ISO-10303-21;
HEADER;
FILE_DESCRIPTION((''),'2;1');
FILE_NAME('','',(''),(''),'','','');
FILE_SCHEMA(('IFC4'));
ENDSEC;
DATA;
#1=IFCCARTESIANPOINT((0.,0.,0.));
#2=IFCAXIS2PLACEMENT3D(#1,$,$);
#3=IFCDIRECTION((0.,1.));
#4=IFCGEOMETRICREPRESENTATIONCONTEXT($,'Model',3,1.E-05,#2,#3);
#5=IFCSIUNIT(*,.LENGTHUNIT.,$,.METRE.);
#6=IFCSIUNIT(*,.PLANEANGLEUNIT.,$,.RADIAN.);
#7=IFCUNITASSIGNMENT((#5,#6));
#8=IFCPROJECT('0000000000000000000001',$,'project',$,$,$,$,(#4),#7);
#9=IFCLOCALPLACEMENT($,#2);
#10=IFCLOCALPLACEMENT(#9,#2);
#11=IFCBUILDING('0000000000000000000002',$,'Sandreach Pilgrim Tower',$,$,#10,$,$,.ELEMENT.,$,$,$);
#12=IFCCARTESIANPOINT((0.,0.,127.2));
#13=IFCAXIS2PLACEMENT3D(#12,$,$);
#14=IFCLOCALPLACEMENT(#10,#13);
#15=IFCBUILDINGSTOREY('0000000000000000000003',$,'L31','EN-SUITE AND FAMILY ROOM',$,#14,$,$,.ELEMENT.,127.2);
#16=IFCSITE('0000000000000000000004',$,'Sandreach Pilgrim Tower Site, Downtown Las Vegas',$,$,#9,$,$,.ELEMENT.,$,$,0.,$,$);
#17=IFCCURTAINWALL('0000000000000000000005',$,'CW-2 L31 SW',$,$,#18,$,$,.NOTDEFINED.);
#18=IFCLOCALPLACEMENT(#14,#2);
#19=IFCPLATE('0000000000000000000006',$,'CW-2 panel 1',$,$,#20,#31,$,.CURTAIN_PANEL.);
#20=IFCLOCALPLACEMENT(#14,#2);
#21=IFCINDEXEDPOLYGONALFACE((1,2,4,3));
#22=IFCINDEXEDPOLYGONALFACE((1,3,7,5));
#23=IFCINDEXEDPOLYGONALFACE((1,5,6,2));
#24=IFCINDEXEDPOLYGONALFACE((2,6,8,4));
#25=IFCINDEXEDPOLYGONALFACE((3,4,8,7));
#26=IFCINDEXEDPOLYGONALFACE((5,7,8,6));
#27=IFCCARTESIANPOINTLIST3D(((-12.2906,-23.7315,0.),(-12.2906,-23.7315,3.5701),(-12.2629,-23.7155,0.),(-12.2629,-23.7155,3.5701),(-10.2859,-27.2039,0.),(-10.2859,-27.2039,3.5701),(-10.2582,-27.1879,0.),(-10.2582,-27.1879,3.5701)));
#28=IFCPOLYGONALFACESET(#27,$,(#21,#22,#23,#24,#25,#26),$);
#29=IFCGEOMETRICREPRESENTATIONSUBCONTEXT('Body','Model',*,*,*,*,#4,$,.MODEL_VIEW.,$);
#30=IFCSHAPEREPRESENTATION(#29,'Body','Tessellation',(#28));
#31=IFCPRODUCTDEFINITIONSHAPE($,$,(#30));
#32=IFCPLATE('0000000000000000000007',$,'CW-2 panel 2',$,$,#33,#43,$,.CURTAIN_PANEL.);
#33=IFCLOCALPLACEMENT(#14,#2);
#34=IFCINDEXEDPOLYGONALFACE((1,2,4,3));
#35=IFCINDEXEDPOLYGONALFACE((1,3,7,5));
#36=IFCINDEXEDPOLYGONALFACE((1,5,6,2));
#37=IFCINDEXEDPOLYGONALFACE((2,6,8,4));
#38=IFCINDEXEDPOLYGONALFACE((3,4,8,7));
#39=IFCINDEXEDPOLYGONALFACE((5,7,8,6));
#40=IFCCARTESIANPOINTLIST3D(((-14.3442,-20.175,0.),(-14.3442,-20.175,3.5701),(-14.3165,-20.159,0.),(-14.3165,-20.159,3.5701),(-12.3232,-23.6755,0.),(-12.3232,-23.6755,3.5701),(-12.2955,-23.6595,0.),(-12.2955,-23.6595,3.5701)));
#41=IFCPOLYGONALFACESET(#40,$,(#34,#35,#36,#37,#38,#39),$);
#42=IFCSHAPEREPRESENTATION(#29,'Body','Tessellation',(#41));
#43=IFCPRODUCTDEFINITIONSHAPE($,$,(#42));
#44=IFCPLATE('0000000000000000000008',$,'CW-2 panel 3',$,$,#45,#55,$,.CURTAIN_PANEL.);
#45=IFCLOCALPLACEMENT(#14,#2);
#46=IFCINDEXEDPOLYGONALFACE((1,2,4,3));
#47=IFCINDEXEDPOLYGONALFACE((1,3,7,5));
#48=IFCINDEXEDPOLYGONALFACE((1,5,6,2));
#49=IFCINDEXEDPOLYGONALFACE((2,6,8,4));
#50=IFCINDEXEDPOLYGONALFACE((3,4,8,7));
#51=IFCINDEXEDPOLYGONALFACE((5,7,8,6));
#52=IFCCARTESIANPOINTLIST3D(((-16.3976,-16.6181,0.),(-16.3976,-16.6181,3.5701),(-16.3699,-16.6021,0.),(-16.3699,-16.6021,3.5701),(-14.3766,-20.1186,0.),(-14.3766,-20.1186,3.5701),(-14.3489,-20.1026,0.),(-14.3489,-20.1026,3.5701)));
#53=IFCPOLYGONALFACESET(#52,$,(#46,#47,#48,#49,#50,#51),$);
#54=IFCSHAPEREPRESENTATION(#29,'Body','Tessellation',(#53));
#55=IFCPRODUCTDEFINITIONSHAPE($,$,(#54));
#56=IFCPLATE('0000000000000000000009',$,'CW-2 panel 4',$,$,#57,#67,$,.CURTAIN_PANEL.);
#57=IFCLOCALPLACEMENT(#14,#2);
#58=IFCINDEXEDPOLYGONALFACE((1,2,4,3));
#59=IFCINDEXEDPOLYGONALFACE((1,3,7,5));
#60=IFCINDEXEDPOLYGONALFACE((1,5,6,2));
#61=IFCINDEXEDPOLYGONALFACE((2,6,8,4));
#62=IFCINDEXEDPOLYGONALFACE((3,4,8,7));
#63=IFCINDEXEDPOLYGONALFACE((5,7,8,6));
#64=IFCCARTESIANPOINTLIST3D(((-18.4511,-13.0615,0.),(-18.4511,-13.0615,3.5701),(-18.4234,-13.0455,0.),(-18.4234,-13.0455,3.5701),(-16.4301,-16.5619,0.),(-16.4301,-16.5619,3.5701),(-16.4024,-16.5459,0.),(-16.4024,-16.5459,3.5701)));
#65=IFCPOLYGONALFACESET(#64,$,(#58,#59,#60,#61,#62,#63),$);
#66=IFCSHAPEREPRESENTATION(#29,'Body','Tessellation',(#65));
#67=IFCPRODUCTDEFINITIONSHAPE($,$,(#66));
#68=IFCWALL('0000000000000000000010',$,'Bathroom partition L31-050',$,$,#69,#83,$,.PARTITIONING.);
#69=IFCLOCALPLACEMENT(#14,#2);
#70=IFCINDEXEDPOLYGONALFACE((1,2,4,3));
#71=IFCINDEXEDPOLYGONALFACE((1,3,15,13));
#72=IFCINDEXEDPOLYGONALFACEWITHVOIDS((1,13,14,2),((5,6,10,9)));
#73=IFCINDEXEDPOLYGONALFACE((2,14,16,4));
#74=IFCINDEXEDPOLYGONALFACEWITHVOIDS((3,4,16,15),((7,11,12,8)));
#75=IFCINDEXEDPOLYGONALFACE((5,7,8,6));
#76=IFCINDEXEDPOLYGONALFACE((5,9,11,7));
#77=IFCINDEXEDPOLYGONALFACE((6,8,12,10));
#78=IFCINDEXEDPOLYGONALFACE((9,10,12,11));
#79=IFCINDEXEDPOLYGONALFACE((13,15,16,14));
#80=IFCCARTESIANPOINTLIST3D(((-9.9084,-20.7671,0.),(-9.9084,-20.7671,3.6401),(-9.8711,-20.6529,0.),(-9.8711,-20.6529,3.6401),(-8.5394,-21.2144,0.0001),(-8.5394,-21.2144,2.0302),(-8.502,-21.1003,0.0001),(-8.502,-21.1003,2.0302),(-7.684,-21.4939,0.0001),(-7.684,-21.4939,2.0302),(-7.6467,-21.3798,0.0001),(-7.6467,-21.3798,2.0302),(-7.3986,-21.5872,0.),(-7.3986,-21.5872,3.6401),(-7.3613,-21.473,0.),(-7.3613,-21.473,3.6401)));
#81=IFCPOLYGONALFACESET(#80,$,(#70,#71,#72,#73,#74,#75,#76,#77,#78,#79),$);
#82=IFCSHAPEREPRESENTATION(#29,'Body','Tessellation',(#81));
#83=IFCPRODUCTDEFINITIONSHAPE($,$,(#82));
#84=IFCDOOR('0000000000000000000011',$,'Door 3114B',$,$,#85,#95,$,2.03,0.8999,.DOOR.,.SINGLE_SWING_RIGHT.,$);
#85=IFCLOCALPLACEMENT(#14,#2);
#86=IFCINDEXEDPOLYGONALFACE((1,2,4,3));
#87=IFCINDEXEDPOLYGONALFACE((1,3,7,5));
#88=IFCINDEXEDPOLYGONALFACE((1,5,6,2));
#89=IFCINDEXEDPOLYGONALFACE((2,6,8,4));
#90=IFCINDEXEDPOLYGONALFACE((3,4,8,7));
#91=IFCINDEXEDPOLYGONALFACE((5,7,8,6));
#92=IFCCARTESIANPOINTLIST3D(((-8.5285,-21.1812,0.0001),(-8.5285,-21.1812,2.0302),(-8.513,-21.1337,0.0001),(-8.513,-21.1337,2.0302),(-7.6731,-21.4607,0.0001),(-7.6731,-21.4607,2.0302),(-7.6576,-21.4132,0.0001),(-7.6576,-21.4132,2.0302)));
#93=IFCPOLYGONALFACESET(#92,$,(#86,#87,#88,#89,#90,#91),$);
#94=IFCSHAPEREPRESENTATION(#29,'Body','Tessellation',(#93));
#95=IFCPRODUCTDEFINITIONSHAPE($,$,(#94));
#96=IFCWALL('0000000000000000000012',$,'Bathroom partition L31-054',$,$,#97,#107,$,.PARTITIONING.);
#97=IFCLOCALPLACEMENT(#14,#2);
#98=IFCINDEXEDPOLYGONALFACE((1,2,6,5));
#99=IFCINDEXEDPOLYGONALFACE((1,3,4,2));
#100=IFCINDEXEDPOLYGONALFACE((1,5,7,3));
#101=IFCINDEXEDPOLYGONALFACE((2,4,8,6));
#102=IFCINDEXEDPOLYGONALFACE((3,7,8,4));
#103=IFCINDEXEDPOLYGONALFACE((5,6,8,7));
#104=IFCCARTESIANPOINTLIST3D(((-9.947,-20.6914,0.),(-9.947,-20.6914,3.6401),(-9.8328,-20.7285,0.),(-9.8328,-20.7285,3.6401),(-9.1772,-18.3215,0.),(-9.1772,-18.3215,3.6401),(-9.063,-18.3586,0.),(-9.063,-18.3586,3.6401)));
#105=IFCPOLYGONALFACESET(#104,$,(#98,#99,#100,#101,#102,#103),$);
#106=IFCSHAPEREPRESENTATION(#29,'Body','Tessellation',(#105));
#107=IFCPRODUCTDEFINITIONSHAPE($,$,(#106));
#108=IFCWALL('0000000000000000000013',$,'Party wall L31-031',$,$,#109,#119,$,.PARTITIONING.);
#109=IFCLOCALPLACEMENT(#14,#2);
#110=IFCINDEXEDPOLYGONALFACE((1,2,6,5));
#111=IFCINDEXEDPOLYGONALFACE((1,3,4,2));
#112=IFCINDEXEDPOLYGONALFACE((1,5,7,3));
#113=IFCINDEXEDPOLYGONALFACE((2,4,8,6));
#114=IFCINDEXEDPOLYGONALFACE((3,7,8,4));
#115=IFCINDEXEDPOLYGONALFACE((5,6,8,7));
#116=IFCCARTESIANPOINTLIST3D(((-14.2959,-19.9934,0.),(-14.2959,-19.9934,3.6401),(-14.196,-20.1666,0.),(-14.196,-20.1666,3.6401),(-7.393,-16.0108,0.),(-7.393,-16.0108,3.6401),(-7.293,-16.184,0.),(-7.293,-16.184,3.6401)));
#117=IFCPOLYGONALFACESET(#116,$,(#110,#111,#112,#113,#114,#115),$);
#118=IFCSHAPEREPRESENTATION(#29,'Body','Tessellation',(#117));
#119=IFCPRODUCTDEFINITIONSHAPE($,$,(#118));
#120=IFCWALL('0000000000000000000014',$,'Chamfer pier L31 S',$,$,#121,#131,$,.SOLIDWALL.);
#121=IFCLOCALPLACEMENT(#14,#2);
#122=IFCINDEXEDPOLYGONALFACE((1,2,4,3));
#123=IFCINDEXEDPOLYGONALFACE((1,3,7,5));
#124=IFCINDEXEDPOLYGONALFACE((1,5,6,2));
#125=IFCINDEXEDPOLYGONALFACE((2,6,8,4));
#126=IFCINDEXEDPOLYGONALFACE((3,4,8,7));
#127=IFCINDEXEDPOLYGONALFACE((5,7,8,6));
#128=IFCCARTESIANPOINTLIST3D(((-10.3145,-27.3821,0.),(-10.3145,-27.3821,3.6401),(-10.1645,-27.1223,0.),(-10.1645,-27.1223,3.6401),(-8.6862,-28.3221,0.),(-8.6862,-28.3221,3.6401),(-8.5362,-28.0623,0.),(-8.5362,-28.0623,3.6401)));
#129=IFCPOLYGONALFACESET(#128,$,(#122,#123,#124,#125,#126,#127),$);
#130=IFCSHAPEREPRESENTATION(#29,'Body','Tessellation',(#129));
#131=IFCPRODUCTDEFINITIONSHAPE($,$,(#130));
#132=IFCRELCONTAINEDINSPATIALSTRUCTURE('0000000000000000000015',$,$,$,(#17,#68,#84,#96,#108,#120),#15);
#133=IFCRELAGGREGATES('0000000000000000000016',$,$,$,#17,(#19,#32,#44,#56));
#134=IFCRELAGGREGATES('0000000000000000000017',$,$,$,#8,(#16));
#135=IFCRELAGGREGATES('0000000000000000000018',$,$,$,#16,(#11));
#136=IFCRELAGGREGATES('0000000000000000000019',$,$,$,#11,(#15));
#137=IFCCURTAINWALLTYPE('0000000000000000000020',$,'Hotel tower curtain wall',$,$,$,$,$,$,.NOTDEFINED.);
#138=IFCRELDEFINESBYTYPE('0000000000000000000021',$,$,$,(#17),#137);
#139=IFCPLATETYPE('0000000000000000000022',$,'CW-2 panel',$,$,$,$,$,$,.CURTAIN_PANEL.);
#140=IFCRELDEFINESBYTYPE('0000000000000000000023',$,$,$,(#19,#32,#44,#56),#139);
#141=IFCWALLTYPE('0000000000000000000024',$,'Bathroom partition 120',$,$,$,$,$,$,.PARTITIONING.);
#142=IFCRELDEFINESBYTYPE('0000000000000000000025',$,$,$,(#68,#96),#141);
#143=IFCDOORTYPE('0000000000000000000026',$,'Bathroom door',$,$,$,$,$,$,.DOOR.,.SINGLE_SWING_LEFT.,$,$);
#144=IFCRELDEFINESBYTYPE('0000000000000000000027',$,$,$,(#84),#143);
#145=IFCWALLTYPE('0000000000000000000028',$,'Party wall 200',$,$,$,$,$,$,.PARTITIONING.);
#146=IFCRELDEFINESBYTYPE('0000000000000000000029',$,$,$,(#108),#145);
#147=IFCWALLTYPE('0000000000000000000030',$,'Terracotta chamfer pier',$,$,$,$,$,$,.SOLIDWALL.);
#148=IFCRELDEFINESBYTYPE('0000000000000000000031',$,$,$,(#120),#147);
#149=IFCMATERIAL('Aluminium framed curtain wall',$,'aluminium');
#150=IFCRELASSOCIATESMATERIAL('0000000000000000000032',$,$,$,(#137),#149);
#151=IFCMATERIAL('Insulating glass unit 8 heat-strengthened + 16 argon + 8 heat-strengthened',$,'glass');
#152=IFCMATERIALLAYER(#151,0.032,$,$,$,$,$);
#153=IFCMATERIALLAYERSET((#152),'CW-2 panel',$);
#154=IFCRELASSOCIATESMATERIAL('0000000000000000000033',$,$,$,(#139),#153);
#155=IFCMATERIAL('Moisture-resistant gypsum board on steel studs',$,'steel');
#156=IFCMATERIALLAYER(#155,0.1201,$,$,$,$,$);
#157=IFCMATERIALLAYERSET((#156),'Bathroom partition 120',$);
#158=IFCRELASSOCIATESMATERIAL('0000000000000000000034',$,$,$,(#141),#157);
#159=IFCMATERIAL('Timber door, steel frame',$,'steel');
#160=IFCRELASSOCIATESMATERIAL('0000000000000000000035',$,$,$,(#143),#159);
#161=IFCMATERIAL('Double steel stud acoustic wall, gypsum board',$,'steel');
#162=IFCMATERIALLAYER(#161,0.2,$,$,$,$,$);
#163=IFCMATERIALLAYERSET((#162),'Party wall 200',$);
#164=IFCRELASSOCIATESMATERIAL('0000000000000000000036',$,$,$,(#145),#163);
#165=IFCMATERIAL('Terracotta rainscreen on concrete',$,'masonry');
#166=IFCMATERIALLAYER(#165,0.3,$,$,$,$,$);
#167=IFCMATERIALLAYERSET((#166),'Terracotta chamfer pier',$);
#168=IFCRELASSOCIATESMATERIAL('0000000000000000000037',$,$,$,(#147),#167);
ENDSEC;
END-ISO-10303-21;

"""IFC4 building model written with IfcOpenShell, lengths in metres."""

from ifc_helpers import new_model, si_unit, direction, frame, frame_2d, origin, origin_2d, place, context, subcontext, project, spatial, rectangle, extrude, material, layer, layer_set, type_object, element, fill, aggregate, save


model = new_model("IFC4")

# Units and contexts
model_context = context("Model", 3, precision=1e-05, world=origin(), true_north=direction((0.0, 1.0)))
body_context = subcontext(model_context, "Body", "Model", "MODEL_VIEW")
ifc_project = project(units=[si_unit("LENGTHUNIT", "METRE"), si_unit("PLANEANGLEUNIT", "RADIAN")], contexts=[model_context])

# Site, building, storey
site_placement = place(None, origin())
site = spatial("IfcSite", under=ifc_project, at=site_placement, Name="Sandreach Pilgrim Tower Site, Downtown Las Vegas", CompositionType="ELEMENT", RefElevation=0.0)
building_placement = place(site_placement, origin())
building = spatial("IfcBuilding", under=site, at=building_placement, Name="Sandreach Pilgrim Tower", CompositionType="ELEMENT")
storey_placement = place(building_placement, frame((0.0, 0.0, 127.2)))
storey = spatial("IfcBuildingStorey", under=building, at=storey_placement, Name="L31", Description="EN-SUITE AND FAMILY ROOM", CompositionType="ELEMENT", Elevation=127.2)

# Shared definitions
ifc_material_1 = material(Name="Aluminium framed curtain wall", Category="aluminium")
curtain_wall_type = type_object("IfcCurtainWallType", Name="Hotel tower curtain wall", PredefinedType="NOTDEFINED", material=ifc_material_1)

# Curtain wall
curtain_wall_1_placement = place(storey_placement, origin())
curtain_wall_1 = element("IfcCurtainWall", 1, at=curtain_wall_1_placement, inside=storey, type_object=curtain_wall_type, Name="CW-2 L31 SW", PredefinedType="NOTDEFINED")

# Plates
ifc_material_2 = material(Name="Insulating glass unit 8 heat-strengthened + 16 argon + 8 heat-strengthened", Category="glass")
ifc_layer_1 = layer(ifc_material_2, 0.032)
ifc_layer_set_1 = layer_set([ifc_layer_1], Name="CW-2 panel")
plate_type = type_object("IfcPlateType", Name="CW-2 panel", PredefinedType="CURTAIN_PANEL", material=ifc_layer_set_1)
plate_1_placement = place(storey_placement, frame((-11.2744, -25.4597, 0.0), z_axis=(0.0, 0.0, 1.0), x_axis=(-0.5, 0.866025, 0.0)))
plate_1 = element("IfcPlate", 2, at=plate_1_placement, type_object=plate_type, Name="CW-2 panel 1", PredefinedType="CURTAIN_PANEL", context=body_context, shape_type="SweptSolid", body=[
    extrude(rectangle(XDim=4.0095, YDim=0.032, at=origin_2d()), origin(), (0.0, 0.0, 1.0), 3.5701),
])
plate_2_placement = place(storey_placement, frame((-13.3198, -21.9172, 0.0), z_axis=(0.0, 0.0, 1.0), x_axis=(-0.5, 0.866025, 0.0)))
plate_2 = element("IfcPlate", 3, at=plate_2_placement, type_object=plate_type, Name="CW-2 panel 2", PredefinedType="CURTAIN_PANEL", context=body_context, shape_type="SweptSolid", body=[
    extrude(rectangle(XDim=4.042, YDim=0.032, at=origin_2d()), origin(), (0.0, 0.0, 1.0), 3.5701),
])
plate_3_placement = place(storey_placement, frame((-15.3733, -18.3604, 0.0), z_axis=(0.0, 0.0, 1.0), x_axis=(-0.5, 0.866025, 0.0)))
plate_3 = element("IfcPlate", 4, at=plate_3_placement, type_object=plate_type, Name="CW-2 panel 3", PredefinedType="CURTAIN_PANEL", context=body_context, shape_type="SweptSolid", body=[
    extrude(rectangle(XDim=4.042, YDim=0.032, at=origin_2d()), origin(), (0.0, 0.0, 1.0), 3.5701),
])
plate_4_placement = place(storey_placement, frame((-17.4268, -14.8037, 0.0), z_axis=(0.0, 0.0, 1.0), x_axis=(-0.5, 0.866025, 0.0)))
plate_4 = element("IfcPlate", 5, at=plate_4_placement, type_object=plate_type, Name="CW-2 panel 4", PredefinedType="CURTAIN_PANEL", context=body_context, shape_type="SweptSolid", body=[
    extrude(rectangle(XDim=4.042, YDim=0.032, at=origin_2d()), origin(), (0.0, 0.0, 1.0), 3.5701),
])
aggregate(curtain_wall_1, [plate_1, plate_2, plate_3, plate_4])

# Wall, opening, door
ifc_material_3 = material(Name="Moisture-resistant gypsum board on steel studs", Category="steel")
ifc_layer_2 = layer(ifc_material_3, 0.1201)
ifc_layer_set_2 = layer_set([ifc_layer_2], Name="Bathroom partition 120")
wall_type_1 = type_object("IfcWallType", Name="Bathroom partition 120", PredefinedType="PARTITIONING", material=ifc_layer_set_2)
wall_1_placement = place(storey_placement, frame((-9.8899, -20.71, 0.0), z_axis=(0.0, 0.0, 1.0), x_axis=(0.950544, -0.310591, 0.0)))
wall_1 = element("IfcWall", 6, at=wall_1_placement, inside=storey, type_object=wall_type_1, Name="Bathroom partition L31-050", PredefinedType="PARTITIONING", context=body_context, shape_type="SweptSolid", body=[
    extrude(rectangle(XDim=2.6404, YDim=0.1201, at=frame_2d((1.3203, 0.0))), origin(), (0.0, 0.0, 1.0), 3.6401),
])
opening_1_placement = place(wall_1_placement, frame((1.4404, 0.0, 0.0)))
opening_1 = element("IfcOpeningElement", 7, at=opening_1_placement, cuts=wall_1, PredefinedType="OPENING", context=body_context, shape_type="SweptSolid", body=[
    extrude(rectangle(XDim=0.8999, YDim=2.03, at=frame_2d((0.45, 1.0151))), frame((0.0, 0.0601, 0.0), z_axis=(0.0, -1.0, 0.0), x_axis=(1.0, 0.0, 0.0)), (0.0, 0.0, 1.0), 0.1201),
])
ifc_material_4 = material(Name="Timber door, steel frame", Category="steel")
door_type_1 = type_object("IfcDoorType", Name="Bathroom door", OperationType="SINGLE_SWING_LEFT", PredefinedType="DOOR", material=ifc_material_4)
door_1_placement = place(opening_1_placement, origin())
door_1 = element("IfcDoor", 8, at=door_1_placement, inside=storey, type_object=door_type_1, Name="Door 3114B", OperationType="SINGLE_SWING_RIGHT", OverallHeight=2.03, OverallWidth=0.8999, PredefinedType="DOOR", context=body_context, shape_type="SweptSolid", body=[
    extrude(rectangle(XDim=0.8999, YDim=2.03, at=frame_2d((0.45, 1.0151))), frame((0.0, 0.0249, 0.0), z_axis=(0.0, -1.0, 0.0), x_axis=(1.0, 0.0, 0.0)), (0.0, 0.0, 1.0), 0.05),
])
fill(opening_1, door_1)

# Wall
wall_2_placement = place(storey_placement, frame((-9.1201, -18.3401, 0.0), z_axis=(0.0, 0.0, 1.0), x_axis=(-0.308929, -0.951085, 0.0)))
element("IfcWall", 9, at=wall_2_placement, inside=storey, type_object=wall_type_1, Name="Bathroom partition L31-054", PredefinedType="PARTITIONING", context=body_context, shape_type="SweptSolid", body=[
    extrude(rectangle(XDim=2.4917, YDim=0.1201, at=frame_2d((1.2458, 0.0))), origin(), (0.0, 0.0, 1.0), 3.6401),
])

# Walls
ifc_material_5 = material(Name="Double steel stud acoustic wall, gypsum board", Category="steel")
ifc_layer_3 = layer(ifc_material_5, 0.2)
ifc_layer_set_3 = layer_set([ifc_layer_3], Name="Party wall 200")
wall_type_2 = type_object("IfcWallType", Name="Party wall 200", PredefinedType="PARTITIONING", material=ifc_layer_set_3)
wall_3_placement = place(storey_placement, frame((-14.2461, -20.0801, 0.0), z_axis=(0.0, 0.0, 1.0), x_axis=(0.866179, 0.499734, 0.0)))
element("IfcWall", 10, at=wall_3_placement, inside=storey, type_object=wall_type_2, Name="Party wall L31-031", PredefinedType="PARTITIONING", context=body_context, shape_type="SweptSolid", body=[
    extrude(rectangle(XDim=7.9695, YDim=0.2, at=frame_2d((3.9849, 0.0))), origin(), (0.0, 0.0, 1.0), 3.6401),
])
ifc_material_6 = material(Name="Terracotta rainscreen on concrete", Category="masonry")
ifc_layer_4 = layer(ifc_material_6, 0.3)
ifc_layer_set_4 = layer_set([ifc_layer_4], Name="Terracotta chamfer pier")
wall_type_3 = type_object("IfcWallType", Name="Terracotta chamfer pier", PredefinedType="SOLIDWALL", material=ifc_layer_set_4)
wall_4_placement = place(storey_placement, frame((-8.6113, -28.1921, 0.0), z_axis=(0.0, 0.0, 1.0), x_axis=(-0.866045, 0.499966, 0.0)))
element("IfcWall", 11, at=wall_4_placement, inside=storey, type_object=wall_type_3, Name="Chamfer pier L31 S", PredefinedType="SOLIDWALL", context=body_context, shape_type="SweptSolid", body=[
    extrude(rectangle(XDim=1.8801, YDim=0.3, at=frame_2d((0.9399, 0.0))), origin(), (0.0, 0.0, 1.0), 3.6401),
])

save(model, "model.ifc")
